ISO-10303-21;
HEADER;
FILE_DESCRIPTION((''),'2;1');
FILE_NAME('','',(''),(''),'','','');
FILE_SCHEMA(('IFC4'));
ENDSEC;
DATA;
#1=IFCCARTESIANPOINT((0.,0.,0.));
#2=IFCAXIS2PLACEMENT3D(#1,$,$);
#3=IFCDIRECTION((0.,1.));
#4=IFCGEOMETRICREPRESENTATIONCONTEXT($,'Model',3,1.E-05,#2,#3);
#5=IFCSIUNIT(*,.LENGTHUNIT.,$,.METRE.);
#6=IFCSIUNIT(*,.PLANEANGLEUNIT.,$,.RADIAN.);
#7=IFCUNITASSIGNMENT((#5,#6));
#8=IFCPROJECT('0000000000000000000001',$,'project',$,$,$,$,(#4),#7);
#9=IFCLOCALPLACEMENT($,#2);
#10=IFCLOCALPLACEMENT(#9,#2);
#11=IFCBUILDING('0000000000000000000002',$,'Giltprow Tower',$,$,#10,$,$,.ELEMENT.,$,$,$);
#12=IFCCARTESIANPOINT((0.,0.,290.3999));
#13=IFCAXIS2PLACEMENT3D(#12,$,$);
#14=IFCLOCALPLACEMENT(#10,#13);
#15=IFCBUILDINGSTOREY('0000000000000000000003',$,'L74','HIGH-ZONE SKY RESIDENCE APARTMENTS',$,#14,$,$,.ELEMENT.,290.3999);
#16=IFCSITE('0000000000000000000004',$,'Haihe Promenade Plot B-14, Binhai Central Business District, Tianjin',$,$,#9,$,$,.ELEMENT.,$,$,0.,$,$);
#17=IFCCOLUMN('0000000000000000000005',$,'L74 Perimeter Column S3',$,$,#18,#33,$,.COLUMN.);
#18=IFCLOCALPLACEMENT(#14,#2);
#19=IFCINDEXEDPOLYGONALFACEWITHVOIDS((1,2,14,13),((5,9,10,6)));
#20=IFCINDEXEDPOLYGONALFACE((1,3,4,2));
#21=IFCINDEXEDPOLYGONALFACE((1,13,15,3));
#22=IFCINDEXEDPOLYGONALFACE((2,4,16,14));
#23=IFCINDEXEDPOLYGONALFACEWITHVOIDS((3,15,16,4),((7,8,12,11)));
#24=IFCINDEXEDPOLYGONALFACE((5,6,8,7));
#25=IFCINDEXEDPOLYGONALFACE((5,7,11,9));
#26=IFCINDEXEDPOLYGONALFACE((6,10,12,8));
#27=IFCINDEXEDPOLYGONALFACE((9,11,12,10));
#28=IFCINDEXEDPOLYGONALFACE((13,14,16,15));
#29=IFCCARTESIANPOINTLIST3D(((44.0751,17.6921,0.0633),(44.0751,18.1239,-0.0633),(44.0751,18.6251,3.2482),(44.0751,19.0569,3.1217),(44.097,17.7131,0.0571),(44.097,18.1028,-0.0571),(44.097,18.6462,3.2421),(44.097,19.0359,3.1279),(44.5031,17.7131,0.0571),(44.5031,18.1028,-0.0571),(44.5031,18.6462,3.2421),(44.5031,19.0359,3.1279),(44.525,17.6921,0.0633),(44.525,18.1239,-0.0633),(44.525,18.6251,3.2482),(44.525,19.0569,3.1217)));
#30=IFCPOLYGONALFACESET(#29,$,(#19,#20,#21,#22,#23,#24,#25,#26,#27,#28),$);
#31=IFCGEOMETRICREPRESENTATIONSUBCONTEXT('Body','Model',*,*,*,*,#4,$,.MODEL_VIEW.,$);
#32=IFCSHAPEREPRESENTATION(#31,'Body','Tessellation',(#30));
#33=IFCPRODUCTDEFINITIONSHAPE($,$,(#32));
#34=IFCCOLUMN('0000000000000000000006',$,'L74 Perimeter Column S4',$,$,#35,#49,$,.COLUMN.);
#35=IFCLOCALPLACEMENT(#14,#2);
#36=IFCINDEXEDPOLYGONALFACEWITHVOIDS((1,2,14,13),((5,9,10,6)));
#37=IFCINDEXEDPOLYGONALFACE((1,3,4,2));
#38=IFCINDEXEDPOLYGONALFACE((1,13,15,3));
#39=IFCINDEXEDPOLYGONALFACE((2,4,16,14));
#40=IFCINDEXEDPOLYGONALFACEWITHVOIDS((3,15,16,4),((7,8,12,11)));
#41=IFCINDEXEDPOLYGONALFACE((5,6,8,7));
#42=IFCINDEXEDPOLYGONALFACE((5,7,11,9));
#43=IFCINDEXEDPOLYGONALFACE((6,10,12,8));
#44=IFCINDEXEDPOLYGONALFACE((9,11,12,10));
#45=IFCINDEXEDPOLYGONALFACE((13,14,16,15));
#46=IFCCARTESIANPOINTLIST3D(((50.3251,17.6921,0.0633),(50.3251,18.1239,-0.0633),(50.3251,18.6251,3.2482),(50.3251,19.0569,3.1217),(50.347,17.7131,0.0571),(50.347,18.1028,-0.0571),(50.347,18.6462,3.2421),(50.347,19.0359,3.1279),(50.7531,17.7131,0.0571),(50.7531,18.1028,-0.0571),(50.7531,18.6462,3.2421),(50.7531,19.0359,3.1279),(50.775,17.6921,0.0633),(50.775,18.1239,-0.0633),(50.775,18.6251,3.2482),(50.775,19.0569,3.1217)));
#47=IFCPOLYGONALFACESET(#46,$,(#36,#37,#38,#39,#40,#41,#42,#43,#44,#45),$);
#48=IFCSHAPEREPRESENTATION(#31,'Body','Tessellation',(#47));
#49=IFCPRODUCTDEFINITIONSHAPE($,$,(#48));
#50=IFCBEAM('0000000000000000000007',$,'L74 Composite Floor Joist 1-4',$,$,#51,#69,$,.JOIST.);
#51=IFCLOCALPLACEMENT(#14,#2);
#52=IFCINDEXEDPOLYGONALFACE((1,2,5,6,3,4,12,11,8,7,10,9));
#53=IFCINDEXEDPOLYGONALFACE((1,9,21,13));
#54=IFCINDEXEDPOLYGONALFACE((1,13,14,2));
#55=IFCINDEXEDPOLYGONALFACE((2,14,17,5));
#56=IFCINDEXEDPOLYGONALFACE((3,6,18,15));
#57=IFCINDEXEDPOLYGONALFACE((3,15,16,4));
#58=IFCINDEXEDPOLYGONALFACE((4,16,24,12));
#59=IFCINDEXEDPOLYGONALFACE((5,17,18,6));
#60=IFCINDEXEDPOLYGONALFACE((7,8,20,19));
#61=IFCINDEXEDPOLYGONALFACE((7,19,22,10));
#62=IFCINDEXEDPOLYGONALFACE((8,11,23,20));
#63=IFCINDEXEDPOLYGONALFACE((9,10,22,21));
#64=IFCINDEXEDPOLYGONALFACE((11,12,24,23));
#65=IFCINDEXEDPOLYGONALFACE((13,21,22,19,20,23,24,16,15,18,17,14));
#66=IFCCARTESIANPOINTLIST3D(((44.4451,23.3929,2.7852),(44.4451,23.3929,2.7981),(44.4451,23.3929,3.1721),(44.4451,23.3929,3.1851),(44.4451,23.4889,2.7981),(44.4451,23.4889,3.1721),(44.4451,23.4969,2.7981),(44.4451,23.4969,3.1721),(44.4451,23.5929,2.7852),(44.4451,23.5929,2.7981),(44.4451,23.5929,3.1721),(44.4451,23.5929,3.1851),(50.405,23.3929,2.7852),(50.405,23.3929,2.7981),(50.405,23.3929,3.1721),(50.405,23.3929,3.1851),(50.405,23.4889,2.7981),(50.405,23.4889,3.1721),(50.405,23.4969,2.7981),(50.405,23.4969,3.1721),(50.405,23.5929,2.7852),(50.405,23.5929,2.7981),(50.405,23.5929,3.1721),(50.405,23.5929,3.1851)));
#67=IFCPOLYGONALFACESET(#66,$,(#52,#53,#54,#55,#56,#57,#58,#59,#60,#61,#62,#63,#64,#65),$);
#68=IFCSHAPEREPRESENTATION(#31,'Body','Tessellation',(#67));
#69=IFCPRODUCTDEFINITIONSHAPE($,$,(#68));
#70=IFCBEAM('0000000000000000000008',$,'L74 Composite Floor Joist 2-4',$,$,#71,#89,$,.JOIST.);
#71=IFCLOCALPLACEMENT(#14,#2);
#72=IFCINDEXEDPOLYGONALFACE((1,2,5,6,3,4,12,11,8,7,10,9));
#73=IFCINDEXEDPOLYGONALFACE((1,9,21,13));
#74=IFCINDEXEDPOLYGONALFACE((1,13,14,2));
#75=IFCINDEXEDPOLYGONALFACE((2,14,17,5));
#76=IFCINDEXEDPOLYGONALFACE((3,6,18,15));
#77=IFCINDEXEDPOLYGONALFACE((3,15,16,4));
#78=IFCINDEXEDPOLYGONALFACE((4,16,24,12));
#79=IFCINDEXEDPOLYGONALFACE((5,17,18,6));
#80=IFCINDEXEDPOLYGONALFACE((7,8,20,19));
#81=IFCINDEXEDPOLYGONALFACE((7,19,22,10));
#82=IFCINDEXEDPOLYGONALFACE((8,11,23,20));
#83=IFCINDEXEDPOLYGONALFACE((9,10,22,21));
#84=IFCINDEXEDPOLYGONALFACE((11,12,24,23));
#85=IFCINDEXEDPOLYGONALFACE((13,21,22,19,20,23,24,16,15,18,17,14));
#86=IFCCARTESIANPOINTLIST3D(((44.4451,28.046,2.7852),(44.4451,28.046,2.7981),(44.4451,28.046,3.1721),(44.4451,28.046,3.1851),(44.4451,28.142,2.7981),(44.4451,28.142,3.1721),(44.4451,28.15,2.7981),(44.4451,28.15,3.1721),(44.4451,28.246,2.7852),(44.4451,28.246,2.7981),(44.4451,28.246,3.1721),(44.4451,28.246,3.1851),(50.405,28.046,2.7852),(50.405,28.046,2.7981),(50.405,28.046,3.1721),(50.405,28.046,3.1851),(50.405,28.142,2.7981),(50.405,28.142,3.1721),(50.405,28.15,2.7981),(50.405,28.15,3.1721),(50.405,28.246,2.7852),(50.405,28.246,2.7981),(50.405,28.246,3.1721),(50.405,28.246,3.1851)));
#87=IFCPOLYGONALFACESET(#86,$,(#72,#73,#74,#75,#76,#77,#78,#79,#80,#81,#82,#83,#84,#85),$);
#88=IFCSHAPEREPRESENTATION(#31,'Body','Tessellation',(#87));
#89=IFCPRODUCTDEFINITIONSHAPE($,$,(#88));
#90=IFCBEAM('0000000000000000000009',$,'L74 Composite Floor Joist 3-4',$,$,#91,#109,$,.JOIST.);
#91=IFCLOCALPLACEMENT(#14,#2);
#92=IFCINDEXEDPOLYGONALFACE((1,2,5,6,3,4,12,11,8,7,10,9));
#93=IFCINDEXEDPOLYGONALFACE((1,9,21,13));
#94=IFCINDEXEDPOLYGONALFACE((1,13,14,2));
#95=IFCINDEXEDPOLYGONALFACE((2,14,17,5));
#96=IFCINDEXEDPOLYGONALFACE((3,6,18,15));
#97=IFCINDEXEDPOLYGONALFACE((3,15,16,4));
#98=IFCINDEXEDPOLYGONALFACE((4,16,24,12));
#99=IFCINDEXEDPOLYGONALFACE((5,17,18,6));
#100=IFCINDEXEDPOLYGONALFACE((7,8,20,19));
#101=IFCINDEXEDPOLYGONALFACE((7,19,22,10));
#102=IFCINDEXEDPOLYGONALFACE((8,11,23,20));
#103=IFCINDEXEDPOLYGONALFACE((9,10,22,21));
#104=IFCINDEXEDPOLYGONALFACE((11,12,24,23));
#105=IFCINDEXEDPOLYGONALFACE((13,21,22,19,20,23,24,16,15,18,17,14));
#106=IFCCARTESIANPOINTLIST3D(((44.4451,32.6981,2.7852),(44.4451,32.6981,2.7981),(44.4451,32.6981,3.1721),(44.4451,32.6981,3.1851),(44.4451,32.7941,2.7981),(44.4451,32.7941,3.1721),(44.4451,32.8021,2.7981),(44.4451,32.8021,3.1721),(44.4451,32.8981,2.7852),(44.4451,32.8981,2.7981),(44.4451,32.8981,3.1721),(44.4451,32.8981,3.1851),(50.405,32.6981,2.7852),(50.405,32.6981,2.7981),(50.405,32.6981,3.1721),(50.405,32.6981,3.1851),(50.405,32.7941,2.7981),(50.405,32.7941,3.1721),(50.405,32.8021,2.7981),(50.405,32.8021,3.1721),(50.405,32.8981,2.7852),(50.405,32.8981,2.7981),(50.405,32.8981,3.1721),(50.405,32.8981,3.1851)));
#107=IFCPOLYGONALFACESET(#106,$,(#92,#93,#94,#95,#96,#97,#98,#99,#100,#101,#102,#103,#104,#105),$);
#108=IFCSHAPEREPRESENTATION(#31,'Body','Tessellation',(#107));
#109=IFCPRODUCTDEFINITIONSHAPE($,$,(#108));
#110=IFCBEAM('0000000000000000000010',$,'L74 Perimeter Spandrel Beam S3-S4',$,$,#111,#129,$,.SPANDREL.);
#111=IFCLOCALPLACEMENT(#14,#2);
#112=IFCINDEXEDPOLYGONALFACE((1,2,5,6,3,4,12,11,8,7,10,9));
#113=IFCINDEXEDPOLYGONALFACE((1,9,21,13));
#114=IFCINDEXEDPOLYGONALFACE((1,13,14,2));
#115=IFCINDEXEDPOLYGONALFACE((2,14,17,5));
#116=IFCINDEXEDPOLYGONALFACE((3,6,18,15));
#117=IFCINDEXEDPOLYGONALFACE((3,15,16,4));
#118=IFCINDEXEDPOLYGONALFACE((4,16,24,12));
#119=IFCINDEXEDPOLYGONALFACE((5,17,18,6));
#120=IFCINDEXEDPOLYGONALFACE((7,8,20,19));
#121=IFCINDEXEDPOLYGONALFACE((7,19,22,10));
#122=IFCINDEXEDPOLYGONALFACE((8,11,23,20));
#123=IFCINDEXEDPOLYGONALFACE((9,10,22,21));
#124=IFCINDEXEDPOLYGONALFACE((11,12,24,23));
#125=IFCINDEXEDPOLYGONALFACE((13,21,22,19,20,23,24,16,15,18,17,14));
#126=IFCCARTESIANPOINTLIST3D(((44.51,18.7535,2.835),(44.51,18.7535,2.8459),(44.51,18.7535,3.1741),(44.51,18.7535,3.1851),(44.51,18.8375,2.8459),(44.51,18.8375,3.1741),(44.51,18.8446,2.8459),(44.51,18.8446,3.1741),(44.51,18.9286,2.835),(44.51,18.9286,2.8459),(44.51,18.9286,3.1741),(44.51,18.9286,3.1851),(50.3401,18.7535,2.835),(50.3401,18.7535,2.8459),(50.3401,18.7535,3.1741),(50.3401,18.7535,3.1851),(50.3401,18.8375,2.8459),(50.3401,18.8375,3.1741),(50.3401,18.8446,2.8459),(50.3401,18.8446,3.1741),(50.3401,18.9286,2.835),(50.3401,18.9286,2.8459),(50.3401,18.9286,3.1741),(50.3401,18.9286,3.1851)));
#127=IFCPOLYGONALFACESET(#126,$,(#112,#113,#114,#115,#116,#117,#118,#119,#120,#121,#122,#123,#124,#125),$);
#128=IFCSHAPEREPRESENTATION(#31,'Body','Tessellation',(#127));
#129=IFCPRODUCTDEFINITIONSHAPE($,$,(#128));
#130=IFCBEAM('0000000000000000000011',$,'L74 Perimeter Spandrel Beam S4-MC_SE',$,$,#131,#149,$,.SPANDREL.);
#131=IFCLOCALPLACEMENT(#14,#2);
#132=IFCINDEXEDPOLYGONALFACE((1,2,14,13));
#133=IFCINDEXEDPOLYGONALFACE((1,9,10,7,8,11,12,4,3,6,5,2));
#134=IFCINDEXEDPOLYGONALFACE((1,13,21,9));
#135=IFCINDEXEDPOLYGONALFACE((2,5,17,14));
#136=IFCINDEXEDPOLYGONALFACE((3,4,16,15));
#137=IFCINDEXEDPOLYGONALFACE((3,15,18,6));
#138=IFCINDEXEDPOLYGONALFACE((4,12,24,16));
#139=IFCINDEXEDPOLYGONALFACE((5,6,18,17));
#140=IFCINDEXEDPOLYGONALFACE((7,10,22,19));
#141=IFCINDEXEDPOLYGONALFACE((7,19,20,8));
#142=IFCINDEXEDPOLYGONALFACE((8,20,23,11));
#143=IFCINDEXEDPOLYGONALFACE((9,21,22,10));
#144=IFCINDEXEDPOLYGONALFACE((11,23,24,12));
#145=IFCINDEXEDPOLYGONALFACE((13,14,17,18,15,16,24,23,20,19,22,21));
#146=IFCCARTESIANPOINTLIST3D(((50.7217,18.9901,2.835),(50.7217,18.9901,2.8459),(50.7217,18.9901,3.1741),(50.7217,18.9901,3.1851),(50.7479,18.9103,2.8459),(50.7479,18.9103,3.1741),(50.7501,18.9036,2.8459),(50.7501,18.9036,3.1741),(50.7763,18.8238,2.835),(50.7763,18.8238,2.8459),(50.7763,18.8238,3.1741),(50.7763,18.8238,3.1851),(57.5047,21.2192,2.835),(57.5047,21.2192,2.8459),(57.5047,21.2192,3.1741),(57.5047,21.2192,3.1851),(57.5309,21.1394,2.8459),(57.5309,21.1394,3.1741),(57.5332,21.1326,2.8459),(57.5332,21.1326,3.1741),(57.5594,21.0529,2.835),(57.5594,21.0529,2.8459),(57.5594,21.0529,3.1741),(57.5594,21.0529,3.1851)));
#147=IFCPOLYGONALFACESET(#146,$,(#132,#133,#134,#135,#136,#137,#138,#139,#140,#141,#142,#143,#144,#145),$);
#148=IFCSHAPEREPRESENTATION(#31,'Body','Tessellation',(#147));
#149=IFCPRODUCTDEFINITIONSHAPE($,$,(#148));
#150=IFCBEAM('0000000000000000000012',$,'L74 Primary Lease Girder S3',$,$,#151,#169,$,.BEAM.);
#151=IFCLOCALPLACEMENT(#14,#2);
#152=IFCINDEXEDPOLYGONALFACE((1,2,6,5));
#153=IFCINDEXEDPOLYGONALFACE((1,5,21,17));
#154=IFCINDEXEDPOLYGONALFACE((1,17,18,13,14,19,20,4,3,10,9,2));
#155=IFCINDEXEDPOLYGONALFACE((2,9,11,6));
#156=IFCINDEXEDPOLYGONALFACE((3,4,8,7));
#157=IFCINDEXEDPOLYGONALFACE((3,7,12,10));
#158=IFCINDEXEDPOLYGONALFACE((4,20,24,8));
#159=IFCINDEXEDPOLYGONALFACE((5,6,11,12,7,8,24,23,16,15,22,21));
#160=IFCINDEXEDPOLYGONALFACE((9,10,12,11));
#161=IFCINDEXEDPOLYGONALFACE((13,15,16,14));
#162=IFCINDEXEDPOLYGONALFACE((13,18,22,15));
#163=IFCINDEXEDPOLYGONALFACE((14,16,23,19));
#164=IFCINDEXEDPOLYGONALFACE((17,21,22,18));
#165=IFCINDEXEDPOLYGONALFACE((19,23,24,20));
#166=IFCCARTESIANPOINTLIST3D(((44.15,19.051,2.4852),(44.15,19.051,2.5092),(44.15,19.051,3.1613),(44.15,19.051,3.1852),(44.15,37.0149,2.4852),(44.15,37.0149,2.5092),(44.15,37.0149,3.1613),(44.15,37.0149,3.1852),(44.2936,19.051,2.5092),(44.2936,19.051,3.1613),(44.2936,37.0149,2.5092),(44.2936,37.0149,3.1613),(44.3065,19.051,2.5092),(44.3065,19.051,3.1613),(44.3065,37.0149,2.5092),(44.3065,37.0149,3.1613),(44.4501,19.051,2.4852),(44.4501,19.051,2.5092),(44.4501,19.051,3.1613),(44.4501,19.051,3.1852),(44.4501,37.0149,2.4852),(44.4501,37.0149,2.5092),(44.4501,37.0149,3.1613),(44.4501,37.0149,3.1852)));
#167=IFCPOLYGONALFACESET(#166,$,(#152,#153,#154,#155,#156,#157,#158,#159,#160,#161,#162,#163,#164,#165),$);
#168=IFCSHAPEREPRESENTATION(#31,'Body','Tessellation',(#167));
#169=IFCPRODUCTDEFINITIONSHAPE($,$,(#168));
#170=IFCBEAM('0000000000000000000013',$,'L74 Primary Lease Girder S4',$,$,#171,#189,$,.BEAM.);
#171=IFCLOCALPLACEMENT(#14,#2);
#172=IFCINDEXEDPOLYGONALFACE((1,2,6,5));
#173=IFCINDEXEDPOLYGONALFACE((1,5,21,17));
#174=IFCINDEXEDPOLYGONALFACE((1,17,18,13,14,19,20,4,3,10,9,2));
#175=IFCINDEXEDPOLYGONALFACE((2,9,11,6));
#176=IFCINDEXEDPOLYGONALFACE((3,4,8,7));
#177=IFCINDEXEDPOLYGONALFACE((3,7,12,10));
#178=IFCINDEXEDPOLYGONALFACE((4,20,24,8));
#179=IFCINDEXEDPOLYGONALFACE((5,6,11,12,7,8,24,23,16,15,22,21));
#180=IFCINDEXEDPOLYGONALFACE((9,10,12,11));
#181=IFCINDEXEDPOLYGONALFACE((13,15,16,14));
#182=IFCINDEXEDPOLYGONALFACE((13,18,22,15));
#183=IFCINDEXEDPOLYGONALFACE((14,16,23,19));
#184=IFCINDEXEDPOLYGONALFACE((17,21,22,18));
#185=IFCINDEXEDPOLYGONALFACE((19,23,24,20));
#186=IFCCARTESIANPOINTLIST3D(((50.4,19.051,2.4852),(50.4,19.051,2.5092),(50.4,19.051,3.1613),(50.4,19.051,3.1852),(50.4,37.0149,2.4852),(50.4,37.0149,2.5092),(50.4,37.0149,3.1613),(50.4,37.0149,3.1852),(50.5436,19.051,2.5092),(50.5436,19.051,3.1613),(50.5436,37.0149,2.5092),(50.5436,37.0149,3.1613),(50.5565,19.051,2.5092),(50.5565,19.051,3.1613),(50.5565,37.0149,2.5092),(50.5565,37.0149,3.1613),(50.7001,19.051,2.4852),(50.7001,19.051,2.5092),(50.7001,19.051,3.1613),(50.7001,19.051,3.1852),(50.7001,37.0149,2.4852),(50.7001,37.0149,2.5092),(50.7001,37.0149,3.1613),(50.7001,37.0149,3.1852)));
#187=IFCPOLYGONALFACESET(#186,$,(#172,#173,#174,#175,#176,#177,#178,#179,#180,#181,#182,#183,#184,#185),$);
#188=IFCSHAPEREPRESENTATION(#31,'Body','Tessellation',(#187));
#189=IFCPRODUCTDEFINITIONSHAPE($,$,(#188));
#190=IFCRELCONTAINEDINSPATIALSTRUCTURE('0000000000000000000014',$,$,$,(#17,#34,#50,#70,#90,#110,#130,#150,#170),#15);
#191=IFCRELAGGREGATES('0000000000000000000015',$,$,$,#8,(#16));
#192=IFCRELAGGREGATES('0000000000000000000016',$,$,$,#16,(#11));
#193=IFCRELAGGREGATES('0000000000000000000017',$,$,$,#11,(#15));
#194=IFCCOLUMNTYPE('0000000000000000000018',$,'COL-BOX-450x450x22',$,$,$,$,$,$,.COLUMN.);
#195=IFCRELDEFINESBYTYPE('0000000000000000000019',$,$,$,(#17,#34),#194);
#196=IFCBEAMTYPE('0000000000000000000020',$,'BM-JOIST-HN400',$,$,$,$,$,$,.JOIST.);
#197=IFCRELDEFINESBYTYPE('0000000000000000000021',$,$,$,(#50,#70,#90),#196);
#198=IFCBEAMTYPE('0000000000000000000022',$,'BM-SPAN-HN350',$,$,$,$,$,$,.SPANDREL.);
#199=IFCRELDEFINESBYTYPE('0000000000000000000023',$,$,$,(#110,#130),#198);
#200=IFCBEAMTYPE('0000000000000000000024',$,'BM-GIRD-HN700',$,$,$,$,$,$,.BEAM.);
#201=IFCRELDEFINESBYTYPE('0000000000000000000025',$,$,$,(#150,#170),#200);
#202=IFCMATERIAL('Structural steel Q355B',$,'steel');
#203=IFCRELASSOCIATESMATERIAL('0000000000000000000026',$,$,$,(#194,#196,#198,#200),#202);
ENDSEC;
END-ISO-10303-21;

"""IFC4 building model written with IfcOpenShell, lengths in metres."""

from ifc_helpers import new_model, si_unit, direction, frame, origin, origin_2d, place, context, subcontext, project, spatial, hollow_rectangle, i_section, extrude, source, transform, mapped, material, material_profile, profile_set, type_object, element, save


model = new_model("IFC4")

# Units and contexts
model_context = context("Model", 3, precision=1e-05, world=origin(), true_north=direction((0.0, 1.0)))
body_context = subcontext(model_context, "Body", "Model", "MODEL_VIEW")
ifc_project = project(units=[si_unit("LENGTHUNIT", "METRE"), si_unit("PLANEANGLEUNIT", "RADIAN")], contexts=[model_context])

# Site, building, storey
site_placement = place(None, origin())
site = spatial("IfcSite", under=ifc_project, at=site_placement, Name="Haihe Promenade Plot B-14, Binhai Central Business District, Tianjin", CompositionType="ELEMENT", RefElevation=0.0)
building_placement = place(site_placement, origin())
building = spatial("IfcBuilding", under=site, at=building_placement, Name="Giltprow Tower", CompositionType="ELEMENT")
storey_placement = place(building_placement, frame((0.0, 0.0, 290.3999)))
storey = spatial("IfcBuildingStorey", under=building, at=storey_placement, Name="L74", Description="HIGH-ZONE SKY RESIDENCE APARTMENTS", CompositionType="ELEMENT", Elevation=290.3999)

# Columns
ifc_material_1 = material(Name="Structural steel Q355B", Category="steel")
ifc_material_profile_1 = material_profile(ifc_material_1, hollow_rectangle(XDim=0.45, YDim=0.45, WallThickness=0.022, at=origin_2d()), Name="BOX 450x450x22")
ifc_profile_set_1 = profile_set([ifc_material_profile_1], Name="Structural steel Q355B")
column_type = type_object("IfcColumnType", Name="COL-BOX-450x450x22", PredefinedType="COLUMN", material=ifc_profile_set_1)
shared_shape_1 = source(origin(), body_context, "Body", "SweptSolid", [
    extrude(hollow_rectangle(XDim=0.45, YDim=0.45, WallThickness=0.022, at=origin_2d()), origin(), (0.0, 0.0, 1.0), 3.3188),
])
for number, where, z_axis, x_axis, name in (
    (1, (44.3, 17.908, 0.0), (0.0, 0.281147, 0.959665), (-1.0, 0.0, 0.0), "L74 Perimeter Column S3"),
    (2, (50.55, 17.908, 0.0), (0.0, 0.281147, 0.959665), (-1.0, 0.0, 0.0), "L74 Perimeter Column S4"),
):
    element("IfcColumn", number, at=place(storey_placement, frame(where, z_axis=z_axis, x_axis=x_axis)), inside=storey, type_object=column_type, Name=name, PredefinedType="COLUMN", context=body_context, shape_type="MappedRepresentation", body=[
        mapped(shared_shape_1, transform((0.0, 0.0, 0.0), x_axis=(1.0, 0.0, 0.0), y_axis=(0.0, 1.0, 0.0), z_axis=(0.0, 0.0, 1.0), scale=1.0)),
    ])

# Beams
ifc_material_profile_2 = material_profile(ifc_material_1, i_section(OverallWidth=0.2, OverallDepth=0.3999, WebThickness=0.0081, FlangeThickness=0.0129, at=origin_2d()), Name="HN 400x200x8x13")
ifc_profile_set_2 = profile_set([ifc_material_profile_2], Name="Structural steel Q355B")
beam_type_1 = type_object("IfcBeamType", Name="BM-JOIST-HN400", PredefinedType="JOIST", material=ifc_profile_set_2)
shared_shape_2 = source(origin(), body_context, "Body", "SweptSolid", [
    extrude(i_section(OverallWidth=0.2, OverallDepth=0.3999, WebThickness=0.0081, FlangeThickness=0.0129, at=origin_2d()), origin(), (0.0, 0.0, 1.0), 5.96),
])
for number, where, z_axis, x_axis, name in (
    (3, (44.4451, 23.4929, 2.9851), (1.0, 0.0, 0.0), (0.0, 1.0, 0.0), "L74 Composite Floor Joist 1-4"),
    (4, (44.4451, 28.146, 2.9851), (1.0, 0.0, 0.0), (0.0, 1.0, 0.0), "L74 Composite Floor Joist 2-4"),
    (5, (44.4451, 32.7981, 2.9851), (1.0, 0.0, 0.0), (0.0, 1.0, 0.0), "L74 Composite Floor Joist 3-4"),
):
    element("IfcBeam", number, at=place(storey_placement, frame(where, z_axis=z_axis, x_axis=x_axis)), inside=storey, type_object=beam_type_1, Name=name, PredefinedType="JOIST", context=body_context, shape_type="MappedRepresentation", body=[
        mapped(shared_shape_2, transform((0.0, 0.0, 0.0), x_axis=(1.0, 0.0, 0.0), y_axis=(0.0, 1.0, 0.0), z_axis=(0.0, 0.0, 1.0), scale=1.0)),
    ])
ifc_material_profile_3 = material_profile(ifc_material_1, i_section(OverallWidth=0.175, OverallDepth=0.3501, WebThickness=0.0071, FlangeThickness=0.011, at=origin_2d()), Name="HN 350x175x7x11")
ifc_profile_set_3 = profile_set([ifc_material_profile_3], Name="Structural steel Q355B")
beam_type_2 = type_object("IfcBeamType", Name="BM-SPAN-HN350", PredefinedType="SPANDREL", material=ifc_profile_set_3)
shared_shape_3 = source(origin(), body_context, "Body", "SweptSolid", [
    extrude(i_section(OverallWidth=0.175, OverallDepth=0.3501, WebThickness=0.0071, FlangeThickness=0.011, at=origin_2d()), origin(), (0.0, 0.0, 1.0), 5.8301),
])
beam_1_placement = place(storey_placement, frame((44.51, 18.8411, 3.01), z_axis=(1.0, 0.0, 0.0), x_axis=(0.0, 1.0, 0.0)))
element("IfcBeam", 6, at=beam_1_placement, inside=storey, type_object=beam_type_2, Name="L74 Perimeter Spandrel Beam S3-S4", PredefinedType="SPANDREL", context=body_context, shape_type="MappedRepresentation", body=[
    mapped(shared_shape_3, transform((0.0, 0.0, 0.0), x_axis=(1.0, 0.0, 0.0), y_axis=(0.0, 1.0, 0.0), z_axis=(0.0, 0.0, 1.0), scale=1.0)),
])
shared_shape_4 = source(origin(), body_context, "Body", "SweptSolid", [
    extrude(i_section(OverallWidth=0.175, OverallDepth=0.3501, WebThickness=0.0071, FlangeThickness=0.011, at=origin_2d()), origin(), (0.0, 0.0, 1.0), 7.1399),
])
beam_2_placement = place(storey_placement, frame((50.749, 18.907, 3.01), z_axis=(0.950019, 0.312193, 0.0), x_axis=(-0.312193, 0.950019, 0.0)))
element("IfcBeam", 7, at=beam_2_placement, inside=storey, type_object=beam_type_2, Name="L74 Perimeter Spandrel Beam S4-MC_SE", PredefinedType="SPANDREL", context=body_context, shape_type="MappedRepresentation", body=[
    mapped(shared_shape_4, transform((0.0, 0.0, 0.0), x_axis=(1.0, 0.0, 0.0), y_axis=(0.0, 1.0, 0.0), z_axis=(0.0, 0.0, 1.0), scale=1.0)),
])
ifc_material_profile_4 = material_profile(ifc_material_1, i_section(OverallWidth=0.3, OverallDepth=0.7, WebThickness=0.0129, FlangeThickness=0.0239, at=origin_2d()), Name="HN 700x300x13x24")
ifc_profile_set_4 = profile_set([ifc_material_profile_4], Name="Structural steel Q355B")
beam_type_3 = type_object("IfcBeamType", Name="BM-GIRD-HN700", PredefinedType="BEAM", material=ifc_profile_set_4)
shared_shape_5 = source(origin(), body_context, "Body", "SweptSolid", [
    extrude(i_section(OverallWidth=0.3, OverallDepth=0.7, WebThickness=0.0129, FlangeThickness=0.0239, at=origin_2d()), origin(), (0.0, 0.0, 1.0), 17.9639),
])
for number, where, z_axis, x_axis, name in (
    (8, (44.3, 19.051, 2.8352), (0.0, 1.0, 0.0), (-1.0, 0.0, 0.0), "L74 Primary Lease Girder S3"),
    (9, (50.55, 19.051, 2.8352), (0.0, 1.0, 0.0), (-1.0, 0.0, 0.0), "L74 Primary Lease Girder S4"),
):
    element("IfcBeam", number, at=place(storey_placement, frame(where, z_axis=z_axis, x_axis=x_axis)), inside=storey, type_object=beam_type_3, Name=name, PredefinedType="BEAM", context=body_context, shape_type="MappedRepresentation", body=[
        mapped(shared_shape_5, transform((0.0, 0.0, 0.0), x_axis=(1.0, 0.0, 0.0), y_axis=(0.0, 1.0, 0.0), z_axis=(0.0, 0.0, 1.0), scale=1.0)),
    ])

save(model, "model.ifc")
